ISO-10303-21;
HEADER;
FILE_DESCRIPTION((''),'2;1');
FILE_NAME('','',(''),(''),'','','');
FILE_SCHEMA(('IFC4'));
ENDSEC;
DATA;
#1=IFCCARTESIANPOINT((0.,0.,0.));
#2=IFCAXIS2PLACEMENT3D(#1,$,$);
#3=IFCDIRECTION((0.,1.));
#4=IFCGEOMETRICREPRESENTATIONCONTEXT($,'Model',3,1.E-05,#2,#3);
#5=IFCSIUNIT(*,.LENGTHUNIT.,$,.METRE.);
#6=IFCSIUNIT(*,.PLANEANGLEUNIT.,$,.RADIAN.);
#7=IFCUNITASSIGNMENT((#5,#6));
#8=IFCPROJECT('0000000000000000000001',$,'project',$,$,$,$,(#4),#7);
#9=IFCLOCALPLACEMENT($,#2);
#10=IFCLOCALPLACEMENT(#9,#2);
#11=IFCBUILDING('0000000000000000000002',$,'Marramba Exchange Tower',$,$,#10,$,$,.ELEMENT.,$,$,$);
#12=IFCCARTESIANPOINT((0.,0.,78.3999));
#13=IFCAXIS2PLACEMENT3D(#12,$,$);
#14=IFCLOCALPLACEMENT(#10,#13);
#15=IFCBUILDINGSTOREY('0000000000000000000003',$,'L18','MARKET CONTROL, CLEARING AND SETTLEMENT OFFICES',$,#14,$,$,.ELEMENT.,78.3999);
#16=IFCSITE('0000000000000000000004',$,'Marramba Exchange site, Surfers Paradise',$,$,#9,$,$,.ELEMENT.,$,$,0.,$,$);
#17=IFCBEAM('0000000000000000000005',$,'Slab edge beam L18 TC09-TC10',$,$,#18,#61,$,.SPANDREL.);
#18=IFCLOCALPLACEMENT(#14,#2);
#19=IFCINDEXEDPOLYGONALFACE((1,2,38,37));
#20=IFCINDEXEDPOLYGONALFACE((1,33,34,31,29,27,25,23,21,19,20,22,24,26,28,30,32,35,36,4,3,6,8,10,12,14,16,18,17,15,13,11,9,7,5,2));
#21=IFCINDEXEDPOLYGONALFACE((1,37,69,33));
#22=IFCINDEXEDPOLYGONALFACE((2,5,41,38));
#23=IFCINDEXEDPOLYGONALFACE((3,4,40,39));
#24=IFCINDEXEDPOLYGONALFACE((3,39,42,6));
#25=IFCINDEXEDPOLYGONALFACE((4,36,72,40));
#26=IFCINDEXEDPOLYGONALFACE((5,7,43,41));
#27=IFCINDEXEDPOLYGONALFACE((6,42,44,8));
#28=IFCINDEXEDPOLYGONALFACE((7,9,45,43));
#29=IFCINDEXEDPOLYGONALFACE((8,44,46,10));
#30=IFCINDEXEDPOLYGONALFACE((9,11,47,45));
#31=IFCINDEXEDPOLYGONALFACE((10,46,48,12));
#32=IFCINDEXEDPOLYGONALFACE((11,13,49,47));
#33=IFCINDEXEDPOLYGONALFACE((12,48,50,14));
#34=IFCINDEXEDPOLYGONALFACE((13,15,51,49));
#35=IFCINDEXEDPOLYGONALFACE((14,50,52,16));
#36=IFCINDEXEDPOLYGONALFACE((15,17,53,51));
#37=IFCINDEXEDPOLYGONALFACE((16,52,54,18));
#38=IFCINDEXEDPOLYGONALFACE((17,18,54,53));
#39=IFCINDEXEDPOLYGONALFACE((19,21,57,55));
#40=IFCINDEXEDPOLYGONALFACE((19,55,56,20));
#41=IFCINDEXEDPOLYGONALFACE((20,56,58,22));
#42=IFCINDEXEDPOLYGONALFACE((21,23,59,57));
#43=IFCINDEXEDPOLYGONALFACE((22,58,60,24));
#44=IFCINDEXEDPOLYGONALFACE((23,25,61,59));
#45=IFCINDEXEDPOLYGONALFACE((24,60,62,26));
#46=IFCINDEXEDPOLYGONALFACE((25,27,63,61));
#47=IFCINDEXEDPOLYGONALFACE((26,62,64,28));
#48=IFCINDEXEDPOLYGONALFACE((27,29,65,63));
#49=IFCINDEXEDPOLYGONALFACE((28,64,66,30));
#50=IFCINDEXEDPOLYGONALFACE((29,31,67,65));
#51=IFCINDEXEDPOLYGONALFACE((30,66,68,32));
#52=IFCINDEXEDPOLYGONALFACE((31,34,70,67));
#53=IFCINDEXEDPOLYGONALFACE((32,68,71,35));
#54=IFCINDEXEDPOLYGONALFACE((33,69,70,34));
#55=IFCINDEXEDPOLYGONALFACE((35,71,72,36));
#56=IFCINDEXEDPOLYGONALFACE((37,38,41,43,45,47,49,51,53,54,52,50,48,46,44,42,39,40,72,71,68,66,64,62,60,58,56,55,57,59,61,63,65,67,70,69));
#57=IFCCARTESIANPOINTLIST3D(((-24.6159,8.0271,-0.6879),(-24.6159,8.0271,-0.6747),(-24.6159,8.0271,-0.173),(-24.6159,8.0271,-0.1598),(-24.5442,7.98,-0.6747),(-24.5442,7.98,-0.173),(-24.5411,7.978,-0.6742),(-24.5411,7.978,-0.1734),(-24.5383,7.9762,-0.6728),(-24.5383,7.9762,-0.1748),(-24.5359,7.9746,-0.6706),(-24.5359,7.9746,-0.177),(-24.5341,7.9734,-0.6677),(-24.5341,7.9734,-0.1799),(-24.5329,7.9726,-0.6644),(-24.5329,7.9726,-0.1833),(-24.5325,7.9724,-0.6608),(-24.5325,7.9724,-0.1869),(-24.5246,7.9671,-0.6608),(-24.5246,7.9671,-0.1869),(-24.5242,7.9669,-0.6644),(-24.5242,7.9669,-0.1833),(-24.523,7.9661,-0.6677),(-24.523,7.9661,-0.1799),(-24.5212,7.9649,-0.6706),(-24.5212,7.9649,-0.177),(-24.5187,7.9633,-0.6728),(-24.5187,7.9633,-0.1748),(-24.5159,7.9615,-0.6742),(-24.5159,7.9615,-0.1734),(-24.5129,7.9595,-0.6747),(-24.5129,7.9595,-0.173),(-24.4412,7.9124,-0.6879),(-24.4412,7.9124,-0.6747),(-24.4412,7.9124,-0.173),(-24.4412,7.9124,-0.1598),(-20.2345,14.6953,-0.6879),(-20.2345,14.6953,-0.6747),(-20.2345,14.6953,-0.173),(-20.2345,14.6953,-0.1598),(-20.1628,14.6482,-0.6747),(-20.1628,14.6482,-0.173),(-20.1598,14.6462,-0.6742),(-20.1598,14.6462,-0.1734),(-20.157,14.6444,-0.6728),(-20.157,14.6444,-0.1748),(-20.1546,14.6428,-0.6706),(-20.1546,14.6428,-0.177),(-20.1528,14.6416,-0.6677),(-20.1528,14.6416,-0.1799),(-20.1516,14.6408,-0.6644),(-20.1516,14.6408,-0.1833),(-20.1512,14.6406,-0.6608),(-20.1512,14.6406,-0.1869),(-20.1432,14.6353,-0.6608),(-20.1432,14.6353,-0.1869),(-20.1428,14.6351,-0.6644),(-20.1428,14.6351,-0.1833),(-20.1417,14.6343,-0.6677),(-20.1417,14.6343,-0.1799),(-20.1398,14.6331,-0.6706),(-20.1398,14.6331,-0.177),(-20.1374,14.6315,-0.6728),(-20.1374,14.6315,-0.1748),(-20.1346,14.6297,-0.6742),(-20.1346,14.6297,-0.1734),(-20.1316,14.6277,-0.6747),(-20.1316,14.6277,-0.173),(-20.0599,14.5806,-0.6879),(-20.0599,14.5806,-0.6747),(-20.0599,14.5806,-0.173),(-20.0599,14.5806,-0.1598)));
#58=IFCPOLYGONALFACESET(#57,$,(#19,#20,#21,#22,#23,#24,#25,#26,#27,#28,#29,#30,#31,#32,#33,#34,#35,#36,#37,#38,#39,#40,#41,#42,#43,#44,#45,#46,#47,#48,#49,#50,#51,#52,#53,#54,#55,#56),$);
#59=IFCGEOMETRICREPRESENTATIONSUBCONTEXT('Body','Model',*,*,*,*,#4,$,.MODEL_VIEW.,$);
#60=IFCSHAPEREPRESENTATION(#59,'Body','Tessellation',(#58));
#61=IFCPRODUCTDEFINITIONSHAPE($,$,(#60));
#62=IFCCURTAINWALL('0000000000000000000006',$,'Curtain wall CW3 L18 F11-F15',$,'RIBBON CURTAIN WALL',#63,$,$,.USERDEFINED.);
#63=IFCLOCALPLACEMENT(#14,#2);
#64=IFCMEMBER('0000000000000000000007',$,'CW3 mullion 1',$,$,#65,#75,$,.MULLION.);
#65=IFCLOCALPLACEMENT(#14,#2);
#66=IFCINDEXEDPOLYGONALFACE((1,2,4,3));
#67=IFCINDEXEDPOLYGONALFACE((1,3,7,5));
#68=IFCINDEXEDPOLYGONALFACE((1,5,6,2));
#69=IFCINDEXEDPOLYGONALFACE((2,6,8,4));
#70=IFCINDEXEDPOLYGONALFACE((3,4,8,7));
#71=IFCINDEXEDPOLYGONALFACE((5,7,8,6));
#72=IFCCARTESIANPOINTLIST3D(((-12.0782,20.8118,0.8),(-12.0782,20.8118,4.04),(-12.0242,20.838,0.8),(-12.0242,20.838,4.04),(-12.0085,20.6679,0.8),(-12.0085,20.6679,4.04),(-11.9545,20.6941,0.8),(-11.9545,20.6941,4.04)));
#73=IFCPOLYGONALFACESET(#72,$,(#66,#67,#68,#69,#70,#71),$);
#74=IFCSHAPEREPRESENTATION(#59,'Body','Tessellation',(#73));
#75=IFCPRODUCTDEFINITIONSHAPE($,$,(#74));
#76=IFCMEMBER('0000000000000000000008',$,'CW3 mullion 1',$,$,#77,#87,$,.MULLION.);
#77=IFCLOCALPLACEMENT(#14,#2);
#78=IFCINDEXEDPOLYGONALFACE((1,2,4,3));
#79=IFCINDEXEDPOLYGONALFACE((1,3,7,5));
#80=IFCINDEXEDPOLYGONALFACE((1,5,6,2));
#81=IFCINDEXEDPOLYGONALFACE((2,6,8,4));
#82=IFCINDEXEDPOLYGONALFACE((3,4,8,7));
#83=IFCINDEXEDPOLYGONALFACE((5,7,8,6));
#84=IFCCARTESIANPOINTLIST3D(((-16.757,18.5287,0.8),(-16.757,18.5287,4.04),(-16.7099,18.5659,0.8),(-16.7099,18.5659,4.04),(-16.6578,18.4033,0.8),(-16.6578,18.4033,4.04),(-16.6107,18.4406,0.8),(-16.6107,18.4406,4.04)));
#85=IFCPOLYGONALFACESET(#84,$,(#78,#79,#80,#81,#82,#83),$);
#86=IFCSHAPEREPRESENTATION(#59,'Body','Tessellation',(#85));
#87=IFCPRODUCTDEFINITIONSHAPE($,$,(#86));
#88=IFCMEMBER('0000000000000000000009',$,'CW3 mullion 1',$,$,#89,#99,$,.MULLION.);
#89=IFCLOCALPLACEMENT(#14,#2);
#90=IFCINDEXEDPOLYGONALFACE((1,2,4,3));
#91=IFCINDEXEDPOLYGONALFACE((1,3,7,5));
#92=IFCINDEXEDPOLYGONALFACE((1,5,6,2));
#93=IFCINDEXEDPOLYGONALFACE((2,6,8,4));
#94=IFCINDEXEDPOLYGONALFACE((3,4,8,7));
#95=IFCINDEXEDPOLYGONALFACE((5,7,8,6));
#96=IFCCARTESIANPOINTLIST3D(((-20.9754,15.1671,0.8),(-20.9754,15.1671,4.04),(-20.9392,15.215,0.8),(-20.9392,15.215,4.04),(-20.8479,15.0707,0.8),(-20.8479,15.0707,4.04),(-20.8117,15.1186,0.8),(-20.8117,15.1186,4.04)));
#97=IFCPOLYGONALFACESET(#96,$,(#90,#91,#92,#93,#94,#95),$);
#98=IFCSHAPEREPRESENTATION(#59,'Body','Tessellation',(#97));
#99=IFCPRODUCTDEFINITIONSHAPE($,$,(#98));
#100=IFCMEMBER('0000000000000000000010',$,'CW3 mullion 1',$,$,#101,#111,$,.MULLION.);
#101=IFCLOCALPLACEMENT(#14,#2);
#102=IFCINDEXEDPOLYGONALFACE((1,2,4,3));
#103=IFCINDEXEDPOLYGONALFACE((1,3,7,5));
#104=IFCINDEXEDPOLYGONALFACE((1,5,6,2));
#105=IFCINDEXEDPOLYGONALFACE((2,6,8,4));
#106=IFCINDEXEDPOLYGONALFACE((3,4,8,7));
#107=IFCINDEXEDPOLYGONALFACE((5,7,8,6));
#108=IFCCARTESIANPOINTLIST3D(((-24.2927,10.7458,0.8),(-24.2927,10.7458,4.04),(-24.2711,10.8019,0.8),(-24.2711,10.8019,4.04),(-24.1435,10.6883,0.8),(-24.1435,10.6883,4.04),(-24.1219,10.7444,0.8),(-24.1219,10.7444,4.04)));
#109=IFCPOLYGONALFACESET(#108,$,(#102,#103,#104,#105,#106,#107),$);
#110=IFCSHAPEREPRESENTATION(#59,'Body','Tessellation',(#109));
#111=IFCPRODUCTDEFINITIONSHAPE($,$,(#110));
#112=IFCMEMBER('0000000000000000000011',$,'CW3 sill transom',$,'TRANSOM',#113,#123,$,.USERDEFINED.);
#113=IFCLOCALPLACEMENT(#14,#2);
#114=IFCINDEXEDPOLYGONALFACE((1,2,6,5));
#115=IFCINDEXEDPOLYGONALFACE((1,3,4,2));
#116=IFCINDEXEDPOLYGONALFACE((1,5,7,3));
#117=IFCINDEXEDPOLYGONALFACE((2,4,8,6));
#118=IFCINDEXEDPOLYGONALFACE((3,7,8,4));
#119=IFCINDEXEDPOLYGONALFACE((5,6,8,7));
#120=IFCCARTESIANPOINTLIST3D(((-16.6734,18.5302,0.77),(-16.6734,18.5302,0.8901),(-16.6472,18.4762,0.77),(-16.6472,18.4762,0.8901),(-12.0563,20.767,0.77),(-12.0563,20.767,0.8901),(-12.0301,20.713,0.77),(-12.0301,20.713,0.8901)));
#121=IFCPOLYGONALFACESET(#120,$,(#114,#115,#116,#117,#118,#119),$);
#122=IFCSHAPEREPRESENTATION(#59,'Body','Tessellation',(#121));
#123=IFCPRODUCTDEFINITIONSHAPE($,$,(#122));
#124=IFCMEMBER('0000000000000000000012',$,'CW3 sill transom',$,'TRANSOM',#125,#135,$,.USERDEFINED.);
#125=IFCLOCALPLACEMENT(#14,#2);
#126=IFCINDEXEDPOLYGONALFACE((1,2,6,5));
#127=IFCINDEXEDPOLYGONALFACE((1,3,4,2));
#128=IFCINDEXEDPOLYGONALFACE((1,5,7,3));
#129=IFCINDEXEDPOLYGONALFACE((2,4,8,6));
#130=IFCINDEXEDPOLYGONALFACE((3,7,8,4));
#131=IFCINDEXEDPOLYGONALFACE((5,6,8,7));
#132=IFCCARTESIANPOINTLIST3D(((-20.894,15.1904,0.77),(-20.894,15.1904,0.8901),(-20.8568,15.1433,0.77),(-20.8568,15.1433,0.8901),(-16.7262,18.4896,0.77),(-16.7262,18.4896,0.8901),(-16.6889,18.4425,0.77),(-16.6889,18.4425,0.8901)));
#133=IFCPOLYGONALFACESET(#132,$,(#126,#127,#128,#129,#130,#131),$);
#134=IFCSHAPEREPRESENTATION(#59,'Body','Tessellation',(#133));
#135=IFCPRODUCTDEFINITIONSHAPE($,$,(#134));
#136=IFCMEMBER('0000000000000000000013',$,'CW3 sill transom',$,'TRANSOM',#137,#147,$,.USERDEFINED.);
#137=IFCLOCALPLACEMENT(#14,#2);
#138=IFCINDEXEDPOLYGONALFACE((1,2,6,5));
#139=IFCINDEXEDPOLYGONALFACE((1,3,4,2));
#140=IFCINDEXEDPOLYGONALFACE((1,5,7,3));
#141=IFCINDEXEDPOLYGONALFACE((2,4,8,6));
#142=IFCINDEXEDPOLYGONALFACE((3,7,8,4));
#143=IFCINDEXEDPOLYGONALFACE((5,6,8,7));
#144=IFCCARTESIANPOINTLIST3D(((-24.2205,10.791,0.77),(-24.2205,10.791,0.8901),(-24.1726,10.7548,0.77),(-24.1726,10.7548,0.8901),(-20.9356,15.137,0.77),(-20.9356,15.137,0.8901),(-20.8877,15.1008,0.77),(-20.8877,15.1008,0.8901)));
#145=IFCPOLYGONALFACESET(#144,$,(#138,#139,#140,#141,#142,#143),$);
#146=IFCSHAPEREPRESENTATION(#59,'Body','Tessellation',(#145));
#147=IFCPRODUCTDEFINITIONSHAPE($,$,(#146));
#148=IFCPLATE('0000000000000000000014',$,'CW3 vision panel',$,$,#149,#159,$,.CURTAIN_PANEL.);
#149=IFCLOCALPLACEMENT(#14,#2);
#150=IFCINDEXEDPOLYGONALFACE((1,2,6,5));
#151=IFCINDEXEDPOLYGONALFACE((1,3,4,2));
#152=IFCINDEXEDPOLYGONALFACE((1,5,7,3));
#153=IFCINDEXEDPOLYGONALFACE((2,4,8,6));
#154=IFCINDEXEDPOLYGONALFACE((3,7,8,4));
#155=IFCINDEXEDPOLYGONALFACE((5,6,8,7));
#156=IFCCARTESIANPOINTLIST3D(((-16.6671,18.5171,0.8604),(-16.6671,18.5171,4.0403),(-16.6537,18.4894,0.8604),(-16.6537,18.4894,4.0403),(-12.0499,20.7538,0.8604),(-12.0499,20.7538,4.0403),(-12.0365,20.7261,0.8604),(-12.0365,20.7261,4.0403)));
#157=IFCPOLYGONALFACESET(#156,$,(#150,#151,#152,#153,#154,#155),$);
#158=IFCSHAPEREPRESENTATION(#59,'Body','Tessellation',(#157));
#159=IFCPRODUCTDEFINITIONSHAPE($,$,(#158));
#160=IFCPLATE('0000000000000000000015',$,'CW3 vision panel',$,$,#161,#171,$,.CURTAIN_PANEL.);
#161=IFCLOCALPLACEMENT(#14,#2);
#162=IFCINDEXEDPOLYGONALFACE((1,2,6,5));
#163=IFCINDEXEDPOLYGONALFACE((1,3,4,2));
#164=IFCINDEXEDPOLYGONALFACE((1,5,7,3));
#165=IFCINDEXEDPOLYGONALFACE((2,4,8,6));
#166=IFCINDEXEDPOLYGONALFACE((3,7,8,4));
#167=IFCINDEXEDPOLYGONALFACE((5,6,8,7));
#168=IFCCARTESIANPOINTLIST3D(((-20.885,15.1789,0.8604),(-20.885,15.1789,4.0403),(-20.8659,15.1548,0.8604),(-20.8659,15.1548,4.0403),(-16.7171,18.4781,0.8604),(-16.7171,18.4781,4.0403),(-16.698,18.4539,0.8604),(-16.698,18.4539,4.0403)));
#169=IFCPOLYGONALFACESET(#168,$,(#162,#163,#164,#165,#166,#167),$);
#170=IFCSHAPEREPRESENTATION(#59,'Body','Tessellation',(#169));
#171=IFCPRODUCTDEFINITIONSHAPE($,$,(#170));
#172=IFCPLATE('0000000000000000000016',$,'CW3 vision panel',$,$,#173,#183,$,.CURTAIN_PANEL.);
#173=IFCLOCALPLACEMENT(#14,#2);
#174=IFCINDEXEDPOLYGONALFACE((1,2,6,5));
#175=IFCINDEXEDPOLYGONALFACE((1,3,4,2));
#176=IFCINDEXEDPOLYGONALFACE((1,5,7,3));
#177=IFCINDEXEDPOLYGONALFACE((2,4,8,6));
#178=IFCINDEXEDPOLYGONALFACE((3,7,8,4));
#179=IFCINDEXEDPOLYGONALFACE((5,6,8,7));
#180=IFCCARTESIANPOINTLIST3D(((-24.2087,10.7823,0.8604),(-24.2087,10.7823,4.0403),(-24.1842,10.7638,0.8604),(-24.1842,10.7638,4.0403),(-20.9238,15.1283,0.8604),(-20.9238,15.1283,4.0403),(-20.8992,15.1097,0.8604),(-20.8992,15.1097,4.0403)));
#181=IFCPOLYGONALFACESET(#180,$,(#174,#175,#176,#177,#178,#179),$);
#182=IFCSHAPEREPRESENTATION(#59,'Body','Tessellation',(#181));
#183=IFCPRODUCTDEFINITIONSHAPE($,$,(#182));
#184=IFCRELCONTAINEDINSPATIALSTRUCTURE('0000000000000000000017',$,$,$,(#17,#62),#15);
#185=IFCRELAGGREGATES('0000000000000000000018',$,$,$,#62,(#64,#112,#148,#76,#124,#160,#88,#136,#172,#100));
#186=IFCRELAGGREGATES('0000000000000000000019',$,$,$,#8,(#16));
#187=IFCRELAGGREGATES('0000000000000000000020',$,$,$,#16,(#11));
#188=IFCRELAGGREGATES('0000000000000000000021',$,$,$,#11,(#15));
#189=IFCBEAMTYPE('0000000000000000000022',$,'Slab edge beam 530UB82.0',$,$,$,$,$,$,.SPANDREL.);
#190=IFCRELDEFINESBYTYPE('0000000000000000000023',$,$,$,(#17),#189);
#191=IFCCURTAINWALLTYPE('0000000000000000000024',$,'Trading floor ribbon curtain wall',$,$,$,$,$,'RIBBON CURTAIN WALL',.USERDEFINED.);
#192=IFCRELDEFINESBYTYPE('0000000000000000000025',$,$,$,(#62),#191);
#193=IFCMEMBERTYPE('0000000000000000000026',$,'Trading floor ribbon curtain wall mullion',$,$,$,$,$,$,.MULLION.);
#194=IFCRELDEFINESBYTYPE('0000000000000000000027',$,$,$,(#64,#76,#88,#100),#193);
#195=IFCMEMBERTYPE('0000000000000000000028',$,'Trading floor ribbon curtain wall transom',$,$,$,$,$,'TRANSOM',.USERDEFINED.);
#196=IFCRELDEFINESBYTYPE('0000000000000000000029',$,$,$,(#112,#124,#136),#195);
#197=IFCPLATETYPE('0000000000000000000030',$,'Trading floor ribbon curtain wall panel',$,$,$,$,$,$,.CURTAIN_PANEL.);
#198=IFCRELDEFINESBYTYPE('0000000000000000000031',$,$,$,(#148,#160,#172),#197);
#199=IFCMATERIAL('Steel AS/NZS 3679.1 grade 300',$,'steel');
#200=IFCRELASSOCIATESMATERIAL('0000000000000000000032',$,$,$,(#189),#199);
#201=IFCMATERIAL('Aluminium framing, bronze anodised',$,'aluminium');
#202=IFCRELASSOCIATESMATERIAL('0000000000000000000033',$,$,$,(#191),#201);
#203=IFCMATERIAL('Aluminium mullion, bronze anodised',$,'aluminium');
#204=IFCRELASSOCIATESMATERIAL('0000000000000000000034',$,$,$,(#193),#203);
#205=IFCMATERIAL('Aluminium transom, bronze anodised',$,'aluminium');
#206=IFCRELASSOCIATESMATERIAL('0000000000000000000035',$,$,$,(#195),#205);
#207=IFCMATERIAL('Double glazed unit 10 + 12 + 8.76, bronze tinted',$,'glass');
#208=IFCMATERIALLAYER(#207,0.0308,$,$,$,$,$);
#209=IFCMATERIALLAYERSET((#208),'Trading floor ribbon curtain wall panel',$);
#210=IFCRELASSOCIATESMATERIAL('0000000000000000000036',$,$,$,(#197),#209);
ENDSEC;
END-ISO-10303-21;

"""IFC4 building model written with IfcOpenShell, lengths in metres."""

from ifc_helpers import new_model, si_unit, direction, frame, origin, origin_2d, place, context, subcontext, project, spatial, rectangle, i_section, extrude, material, layer, layer_set, material_profile, profile_set, type_object, element, aggregate, save


model = new_model("IFC4")

# Units and contexts
model_context = context("Model", 3, precision=1e-05, world=origin(), true_north=direction((0.0, 1.0)))
body_context = subcontext(model_context, "Body", "Model", "MODEL_VIEW")
ifc_project = project(units=[si_unit("LENGTHUNIT", "METRE"), si_unit("PLANEANGLEUNIT", "RADIAN")], contexts=[model_context])

# Site, building, storey
site_placement = place(None, origin())
site = spatial("IfcSite", under=ifc_project, at=site_placement, Name="Marramba Exchange site, Surfers Paradise", CompositionType="ELEMENT", RefElevation=0.0)
building_placement = place(site_placement, origin())
building = spatial("IfcBuilding", under=site, at=building_placement, Name="Marramba Exchange Tower", CompositionType="ELEMENT")
storey_placement = place(building_placement, frame((0.0, 0.0, 78.3999)))
storey = spatial("IfcBuildingStorey", under=building, at=storey_placement, Name="L18", Description="MARKET CONTROL, CLEARING AND SETTLEMENT OFFICES", CompositionType="ELEMENT", Elevation=78.3999)

# Beam
ifc_material_1 = material(Name="Steel AS/NZS 3679.1 grade 300", Category="steel")
ifc_material_profile_1 = material_profile(ifc_material_1, i_section(OverallWidth=0.209, OverallDepth=0.5281, WebThickness=0.0095, FlangeThickness=0.0132, FilletRadius=0.0139, at=origin_2d()), Name="530UB82.0")
ifc_profile_set_1 = profile_set([ifc_material_profile_1], Name="Steel AS/NZS 3679.1 grade 300")
beam_type_1 = type_object("IfcBeamType", Name="Slab edge beam 530UB82.0", PredefinedType="SPANDREL", material=ifc_profile_set_1)
beam_1_placement = place(storey_placement, frame((-20.1472, 14.6379, -0.4238), z_axis=(-0.549124, -0.835741, 0.0), x_axis=(0.835741, -0.549124, 0.0)))
element("IfcBeam", 1, at=beam_1_placement, inside=storey, type_object=beam_type_1, Name="Slab edge beam L18 TC09-TC10", PredefinedType="SPANDREL", context=body_context, shape_type="SweptSolid", body=[
    extrude(i_section(OverallWidth=0.209, OverallDepth=0.5281, WebThickness=0.0095, FlangeThickness=0.0132, FilletRadius=0.0139, at=origin_2d()), origin(), (0.0, 0.0, 1.0), 7.9788),
])

# Curtain wall, members, plates
ifc_material_2 = material(Name="Aluminium framing, bronze anodised", Category="aluminium")
curtain_wall_type = type_object("IfcCurtainWallType", Name="Trading floor ribbon curtain wall", ElementType="RIBBON CURTAIN WALL", PredefinedType="USERDEFINED", material=ifc_material_2)
curtain_wall_placement = place(storey_placement, origin())
curtain_wall = element("IfcCurtainWall", 2, at=curtain_wall_placement, inside=storey, type_object=curtain_wall_type, Name="Curtain wall CW3 L18 F11-F15", ObjectType="RIBBON CURTAIN WALL", PredefinedType="USERDEFINED")
ifc_material_3 = material(Name="Aluminium mullion, bronze anodised", Category="aluminium")
ifc_material_profile_2 = material_profile(ifc_material_3, rectangle(XDim=0.1599, YDim=0.0601, at=origin_2d()), Name="CW3 mullion 60x160")
ifc_profile_set_2 = profile_set([ifc_material_profile_2], Name="Aluminium mullion, bronze anodised")
member_type_1 = type_object("IfcMemberType", Name="Trading floor ribbon curtain wall mullion", PredefinedType="MULLION", material=ifc_profile_set_2)
member_1_placement = place(storey_placement, frame((-12.0164, 20.7529, 0.8), z_axis=(0.0, 0.0, 1.0), x_axis=(0.435965, -0.899963, 0.0)))
member_1 = element("IfcMember", 3, at=member_1_placement, type_object=member_type_1, Name="CW3 mullion 1", PredefinedType="MULLION", context=body_context, shape_type="SweptSolid", body=[
    extrude(rectangle(XDim=0.1599, YDim=0.0601, at=origin_2d()), origin(), (0.0, 0.0, 1.0), 3.24),
])
member_2_placement = place(storey_placement, frame((-16.6838, 18.4846, 0.8), z_axis=(0.0, 0.0, 1.0), x_axis=(0.62065, -0.784088, 0.0)))
member_2 = element("IfcMember", 4, at=member_2_placement, type_object=member_type_1, Name="CW3 mullion 1", PredefinedType="MULLION", context=body_context, shape_type="SweptSolid", body=[
    extrude(rectangle(XDim=0.1599, YDim=0.0601, at=origin_2d()), origin(), (0.0, 0.0, 1.0), 3.24),
])
member_3_placement = place(storey_placement, frame((-20.8936, 15.1428, 0.8), z_axis=(0.0, 0.0, 1.0), x_axis=(0.797749, -0.60299, 0.0)))
member_3 = element("IfcMember", 5, at=member_3_placement, type_object=member_type_1, Name="CW3 mullion 1", PredefinedType="MULLION", context=body_context, shape_type="SweptSolid", body=[
    extrude(rectangle(XDim=0.1599, YDim=0.0601, at=origin_2d()), origin(), (0.0, 0.0, 1.0), 3.24),
])
member_4_placement = place(storey_placement, frame((-24.2073, 10.7451, 0.8), z_axis=(0.0, 0.0, 1.0), x_axis=(0.933135, -0.359526, 0.0)))
member_4 = element("IfcMember", 6, at=member_4_placement, type_object=member_type_1, Name="CW3 mullion 1", PredefinedType="MULLION", context=body_context, shape_type="SweptSolid", body=[
    extrude(rectangle(XDim=0.1599, YDim=0.0601, at=origin_2d()), origin(), (0.0, 0.0, 1.0), 3.24),
])
ifc_material_4 = material(Name="Aluminium transom, bronze anodised", Category="aluminium")
ifc_material_profile_3 = material_profile(ifc_material_4, rectangle(XDim=0.0601, YDim=0.1201, at=origin_2d()), Name="CW3 transom 60x120")
ifc_profile_set_3 = profile_set([ifc_material_profile_3], Name="Aluminium transom, bronze anodised")
member_type_2 = type_object("IfcMemberType", Name="Trading floor ribbon curtain wall transom", ElementType="TRANSOM", PredefinedType="USERDEFINED", material=ifc_profile_set_3)
member_5_placement = place(storey_placement, frame((-12.0432, 20.74, 0.8301), z_axis=(-0.899953, -0.435986, 0.0), x_axis=(0.435986, -0.899953, 0.0)))
member_5 = element("IfcMember", 7, at=member_5_placement, type_object=member_type_2, Name="CW3 sill transom", ObjectType="TRANSOM", PredefinedType="USERDEFINED", context=body_context, shape_type="SweptSolid", body=[
    extrude(rectangle(XDim=0.0601, YDim=0.1201, at=origin_2d()), origin(), (0.0, 0.0, 1.0), 5.1304),
])
member_6_placement = place(storey_placement, frame((-16.7075, 18.4661, 0.8301), z_axis=(-0.784076, -0.620665, 0.0), x_axis=(0.620665, -0.784076, 0.0)))
member_6 = element("IfcMember", 8, at=member_6_placement, type_object=member_type_2, Name="CW3 sill transom", ObjectType="TRANSOM", PredefinedType="USERDEFINED", context=body_context, shape_type="SweptSolid", body=[
    extrude(rectangle(XDim=0.0601, YDim=0.1201, at=origin_2d()), origin(), (0.0, 0.0, 1.0), 5.3157),
])
member_7_placement = place(storey_placement, frame((-20.9116, 15.1189, 0.8301), z_axis=(-0.602986, -0.797752, 0.0), x_axis=(0.797752, -0.602986, 0.0)))
member_7 = element("IfcMember", 9, at=member_7_placement, type_object=member_type_2, Name="CW3 sill transom", ObjectType="TRANSOM", PredefinedType="USERDEFINED", context=body_context, shape_type="SweptSolid", body=[
    extrude(rectangle(XDim=0.0601, YDim=0.1201, at=origin_2d()), origin(), (0.0, 0.0, 1.0), 5.4478),
])
ifc_material_5 = material(Name="Double glazed unit 10 + 12 + 8.76, bronze tinted", Category="glass")
ifc_layer_1 = layer(ifc_material_5, 0.0308)
ifc_layer_set_1 = layer_set([ifc_layer_1], Name="Trading floor ribbon curtain wall panel")
plate_type = type_object("IfcPlateType", Name="Trading floor ribbon curtain wall panel", PredefinedType="CURTAIN_PANEL", material=ifc_layer_set_1)
plate_1_placement = place(storey_placement, frame((-14.3518, 19.6216, 0.8604), z_axis=(0.0, 0.0, 1.0), x_axis=(-0.899963, -0.435965, 0.0)))
plate_1 = element("IfcPlate", 10, at=plate_1_placement, type_object=plate_type, Name="CW3 vision panel", PredefinedType="CURTAIN_PANEL", context=body_context, shape_type="SweptSolid", body=[
    extrude(rectangle(XDim=5.1304, YDim=0.0308, at=origin_2d()), origin(), (0.0, 0.0, 1.0), 3.1799),
])
plate_2_placement = place(storey_placement, frame((-18.7915, 16.8164, 0.8604), z_axis=(0.0, 0.0, 1.0), x_axis=(-0.784088, -0.62065, 0.0)))
plate_2 = element("IfcPlate", 11, at=plate_2_placement, type_object=plate_type, Name="CW3 vision panel", PredefinedType="CURTAIN_PANEL", context=body_context, shape_type="SweptSolid", body=[
    extrude(rectangle(XDim=5.3157, YDim=0.0308, at=origin_2d()), origin(), (0.0, 0.0, 1.0), 3.1799),
])
plate_3_placement = place(storey_placement, frame((-22.554, 12.946, 0.8604), z_axis=(0.0, 0.0, 1.0), x_axis=(-0.60299, -0.797749, 0.0)))
plate_3 = element("IfcPlate", 12, at=plate_3_placement, type_object=plate_type, Name="CW3 vision panel", PredefinedType="CURTAIN_PANEL", context=body_context, shape_type="SweptSolid", body=[
    extrude(rectangle(XDim=5.4478, YDim=0.0308, at=origin_2d()), origin(), (0.0, 0.0, 1.0), 3.1799),
])
aggregate(curtain_wall, [member_1, member_5, plate_1, member_2, member_6, plate_2, member_3, member_7, plate_3, member_4])

save(model, "model.ifc")
